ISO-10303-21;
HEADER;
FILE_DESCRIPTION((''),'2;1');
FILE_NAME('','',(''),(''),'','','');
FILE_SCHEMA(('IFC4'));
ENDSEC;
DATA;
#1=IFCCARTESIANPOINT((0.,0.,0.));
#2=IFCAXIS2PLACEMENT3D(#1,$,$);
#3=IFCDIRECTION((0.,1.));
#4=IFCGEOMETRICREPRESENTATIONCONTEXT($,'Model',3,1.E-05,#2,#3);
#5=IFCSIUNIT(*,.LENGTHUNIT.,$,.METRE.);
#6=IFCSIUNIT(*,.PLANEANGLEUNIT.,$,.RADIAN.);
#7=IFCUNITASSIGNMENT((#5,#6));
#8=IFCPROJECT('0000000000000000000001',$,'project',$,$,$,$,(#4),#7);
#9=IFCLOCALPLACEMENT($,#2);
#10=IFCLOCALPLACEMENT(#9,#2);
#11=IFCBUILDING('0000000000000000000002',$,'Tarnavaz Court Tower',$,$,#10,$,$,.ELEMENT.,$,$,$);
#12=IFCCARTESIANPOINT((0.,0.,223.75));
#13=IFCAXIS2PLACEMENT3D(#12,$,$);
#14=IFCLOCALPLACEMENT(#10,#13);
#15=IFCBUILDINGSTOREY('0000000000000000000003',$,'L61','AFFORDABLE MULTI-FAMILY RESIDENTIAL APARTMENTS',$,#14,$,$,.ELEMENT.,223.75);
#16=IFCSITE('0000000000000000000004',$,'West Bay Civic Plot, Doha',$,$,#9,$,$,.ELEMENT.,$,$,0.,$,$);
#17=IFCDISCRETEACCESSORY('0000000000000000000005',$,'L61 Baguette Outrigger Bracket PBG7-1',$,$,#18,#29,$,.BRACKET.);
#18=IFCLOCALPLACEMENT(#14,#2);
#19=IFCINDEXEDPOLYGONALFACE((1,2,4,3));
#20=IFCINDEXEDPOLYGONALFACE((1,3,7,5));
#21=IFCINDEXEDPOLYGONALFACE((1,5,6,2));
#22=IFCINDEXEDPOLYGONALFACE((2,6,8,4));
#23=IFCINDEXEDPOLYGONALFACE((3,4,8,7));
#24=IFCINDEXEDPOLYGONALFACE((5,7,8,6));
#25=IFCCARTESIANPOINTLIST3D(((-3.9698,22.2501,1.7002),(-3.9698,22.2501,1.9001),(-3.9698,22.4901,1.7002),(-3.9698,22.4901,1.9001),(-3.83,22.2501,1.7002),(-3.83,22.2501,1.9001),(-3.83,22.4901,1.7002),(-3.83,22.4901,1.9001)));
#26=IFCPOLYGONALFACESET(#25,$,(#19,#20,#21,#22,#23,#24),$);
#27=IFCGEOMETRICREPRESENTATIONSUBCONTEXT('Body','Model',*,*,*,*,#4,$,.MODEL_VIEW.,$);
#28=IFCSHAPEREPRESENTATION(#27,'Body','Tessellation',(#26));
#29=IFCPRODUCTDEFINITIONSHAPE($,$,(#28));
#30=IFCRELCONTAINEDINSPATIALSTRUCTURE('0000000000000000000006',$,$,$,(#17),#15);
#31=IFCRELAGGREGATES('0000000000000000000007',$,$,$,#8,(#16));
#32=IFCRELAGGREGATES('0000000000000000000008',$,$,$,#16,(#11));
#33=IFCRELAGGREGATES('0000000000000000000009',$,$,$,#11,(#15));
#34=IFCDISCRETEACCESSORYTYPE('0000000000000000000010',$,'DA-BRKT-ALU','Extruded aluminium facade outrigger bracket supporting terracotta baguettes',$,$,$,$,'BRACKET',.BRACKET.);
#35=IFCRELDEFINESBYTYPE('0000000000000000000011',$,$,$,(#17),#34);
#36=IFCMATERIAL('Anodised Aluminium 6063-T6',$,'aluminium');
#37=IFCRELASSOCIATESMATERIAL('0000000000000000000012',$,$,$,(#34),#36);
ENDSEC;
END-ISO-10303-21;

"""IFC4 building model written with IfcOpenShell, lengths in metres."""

from ifc_helpers import new_model, si_unit, direction, frame, origin, origin_2d, place, context, subcontext, project, spatial, rectangle, extrude, material, type_object, element, save


model = new_model("IFC4")

# Units and contexts
model_context = context("Model", 3, precision=1e-05, world=origin(), true_north=direction((0.0, 1.0)))
body_context = subcontext(model_context, "Body", "Model", "MODEL_VIEW")
ifc_project = project(units=[si_unit("LENGTHUNIT", "METRE"), si_unit("PLANEANGLEUNIT", "RADIAN")], contexts=[model_context])

# Site, building, storey
site_placement = place(None, origin())
site = spatial("IfcSite", under=ifc_project, at=site_placement, Name="West Bay Civic Plot, Doha", CompositionType="ELEMENT", RefElevation=0.0)
building_placement = place(site_placement, origin())
building = spatial("IfcBuilding", under=site, at=building_placement, Name="Tarnavaz Court Tower", CompositionType="ELEMENT")
storey_placement = place(building_placement, frame((0.0, 0.0, 223.75)))
storey = spatial("IfcBuildingStorey", under=building, at=storey_placement, Name="L61", Description="AFFORDABLE MULTI-FAMILY RESIDENTIAL APARTMENTS", CompositionType="ELEMENT", Elevation=223.75)

# Shared definitions
ifc_material_1 = material(Name="Anodised Aluminium 6063-T6", Category="aluminium")

# Discrete accessory
discrete_accessory_type = type_object("IfcDiscreteAccessoryType", Name="DA-BRKT-ALU", Description="Extruded aluminium facade outrigger bracket supporting terracotta baguettes", ElementType="BRACKET", PredefinedType="BRACKET", material=ifc_material_1)
for number, where, z_axis, x_axis, name in (
    (1, (-3.8999, 22.3701, 1.7002), (0.0, 0.0, 1.0), (1.0, 0.0, 0.0), "L61 Baguette Outrigger Bracket PBG7-1"),
):
    element("IfcDiscreteAccessory", number, at=place(storey_placement, frame(where, z_axis=z_axis, x_axis=x_axis)), inside=storey, type_object=discrete_accessory_type, Name=name, PredefinedType="BRACKET", context=body_context, shape_type="SweptSolid", body=[
        extrude(rectangle(XDim=0.1399, YDim=0.24, at=origin_2d()), origin(), (0.0, 0.0, 1.0), 0.2),
    ])

save(model, "model.ifc")
